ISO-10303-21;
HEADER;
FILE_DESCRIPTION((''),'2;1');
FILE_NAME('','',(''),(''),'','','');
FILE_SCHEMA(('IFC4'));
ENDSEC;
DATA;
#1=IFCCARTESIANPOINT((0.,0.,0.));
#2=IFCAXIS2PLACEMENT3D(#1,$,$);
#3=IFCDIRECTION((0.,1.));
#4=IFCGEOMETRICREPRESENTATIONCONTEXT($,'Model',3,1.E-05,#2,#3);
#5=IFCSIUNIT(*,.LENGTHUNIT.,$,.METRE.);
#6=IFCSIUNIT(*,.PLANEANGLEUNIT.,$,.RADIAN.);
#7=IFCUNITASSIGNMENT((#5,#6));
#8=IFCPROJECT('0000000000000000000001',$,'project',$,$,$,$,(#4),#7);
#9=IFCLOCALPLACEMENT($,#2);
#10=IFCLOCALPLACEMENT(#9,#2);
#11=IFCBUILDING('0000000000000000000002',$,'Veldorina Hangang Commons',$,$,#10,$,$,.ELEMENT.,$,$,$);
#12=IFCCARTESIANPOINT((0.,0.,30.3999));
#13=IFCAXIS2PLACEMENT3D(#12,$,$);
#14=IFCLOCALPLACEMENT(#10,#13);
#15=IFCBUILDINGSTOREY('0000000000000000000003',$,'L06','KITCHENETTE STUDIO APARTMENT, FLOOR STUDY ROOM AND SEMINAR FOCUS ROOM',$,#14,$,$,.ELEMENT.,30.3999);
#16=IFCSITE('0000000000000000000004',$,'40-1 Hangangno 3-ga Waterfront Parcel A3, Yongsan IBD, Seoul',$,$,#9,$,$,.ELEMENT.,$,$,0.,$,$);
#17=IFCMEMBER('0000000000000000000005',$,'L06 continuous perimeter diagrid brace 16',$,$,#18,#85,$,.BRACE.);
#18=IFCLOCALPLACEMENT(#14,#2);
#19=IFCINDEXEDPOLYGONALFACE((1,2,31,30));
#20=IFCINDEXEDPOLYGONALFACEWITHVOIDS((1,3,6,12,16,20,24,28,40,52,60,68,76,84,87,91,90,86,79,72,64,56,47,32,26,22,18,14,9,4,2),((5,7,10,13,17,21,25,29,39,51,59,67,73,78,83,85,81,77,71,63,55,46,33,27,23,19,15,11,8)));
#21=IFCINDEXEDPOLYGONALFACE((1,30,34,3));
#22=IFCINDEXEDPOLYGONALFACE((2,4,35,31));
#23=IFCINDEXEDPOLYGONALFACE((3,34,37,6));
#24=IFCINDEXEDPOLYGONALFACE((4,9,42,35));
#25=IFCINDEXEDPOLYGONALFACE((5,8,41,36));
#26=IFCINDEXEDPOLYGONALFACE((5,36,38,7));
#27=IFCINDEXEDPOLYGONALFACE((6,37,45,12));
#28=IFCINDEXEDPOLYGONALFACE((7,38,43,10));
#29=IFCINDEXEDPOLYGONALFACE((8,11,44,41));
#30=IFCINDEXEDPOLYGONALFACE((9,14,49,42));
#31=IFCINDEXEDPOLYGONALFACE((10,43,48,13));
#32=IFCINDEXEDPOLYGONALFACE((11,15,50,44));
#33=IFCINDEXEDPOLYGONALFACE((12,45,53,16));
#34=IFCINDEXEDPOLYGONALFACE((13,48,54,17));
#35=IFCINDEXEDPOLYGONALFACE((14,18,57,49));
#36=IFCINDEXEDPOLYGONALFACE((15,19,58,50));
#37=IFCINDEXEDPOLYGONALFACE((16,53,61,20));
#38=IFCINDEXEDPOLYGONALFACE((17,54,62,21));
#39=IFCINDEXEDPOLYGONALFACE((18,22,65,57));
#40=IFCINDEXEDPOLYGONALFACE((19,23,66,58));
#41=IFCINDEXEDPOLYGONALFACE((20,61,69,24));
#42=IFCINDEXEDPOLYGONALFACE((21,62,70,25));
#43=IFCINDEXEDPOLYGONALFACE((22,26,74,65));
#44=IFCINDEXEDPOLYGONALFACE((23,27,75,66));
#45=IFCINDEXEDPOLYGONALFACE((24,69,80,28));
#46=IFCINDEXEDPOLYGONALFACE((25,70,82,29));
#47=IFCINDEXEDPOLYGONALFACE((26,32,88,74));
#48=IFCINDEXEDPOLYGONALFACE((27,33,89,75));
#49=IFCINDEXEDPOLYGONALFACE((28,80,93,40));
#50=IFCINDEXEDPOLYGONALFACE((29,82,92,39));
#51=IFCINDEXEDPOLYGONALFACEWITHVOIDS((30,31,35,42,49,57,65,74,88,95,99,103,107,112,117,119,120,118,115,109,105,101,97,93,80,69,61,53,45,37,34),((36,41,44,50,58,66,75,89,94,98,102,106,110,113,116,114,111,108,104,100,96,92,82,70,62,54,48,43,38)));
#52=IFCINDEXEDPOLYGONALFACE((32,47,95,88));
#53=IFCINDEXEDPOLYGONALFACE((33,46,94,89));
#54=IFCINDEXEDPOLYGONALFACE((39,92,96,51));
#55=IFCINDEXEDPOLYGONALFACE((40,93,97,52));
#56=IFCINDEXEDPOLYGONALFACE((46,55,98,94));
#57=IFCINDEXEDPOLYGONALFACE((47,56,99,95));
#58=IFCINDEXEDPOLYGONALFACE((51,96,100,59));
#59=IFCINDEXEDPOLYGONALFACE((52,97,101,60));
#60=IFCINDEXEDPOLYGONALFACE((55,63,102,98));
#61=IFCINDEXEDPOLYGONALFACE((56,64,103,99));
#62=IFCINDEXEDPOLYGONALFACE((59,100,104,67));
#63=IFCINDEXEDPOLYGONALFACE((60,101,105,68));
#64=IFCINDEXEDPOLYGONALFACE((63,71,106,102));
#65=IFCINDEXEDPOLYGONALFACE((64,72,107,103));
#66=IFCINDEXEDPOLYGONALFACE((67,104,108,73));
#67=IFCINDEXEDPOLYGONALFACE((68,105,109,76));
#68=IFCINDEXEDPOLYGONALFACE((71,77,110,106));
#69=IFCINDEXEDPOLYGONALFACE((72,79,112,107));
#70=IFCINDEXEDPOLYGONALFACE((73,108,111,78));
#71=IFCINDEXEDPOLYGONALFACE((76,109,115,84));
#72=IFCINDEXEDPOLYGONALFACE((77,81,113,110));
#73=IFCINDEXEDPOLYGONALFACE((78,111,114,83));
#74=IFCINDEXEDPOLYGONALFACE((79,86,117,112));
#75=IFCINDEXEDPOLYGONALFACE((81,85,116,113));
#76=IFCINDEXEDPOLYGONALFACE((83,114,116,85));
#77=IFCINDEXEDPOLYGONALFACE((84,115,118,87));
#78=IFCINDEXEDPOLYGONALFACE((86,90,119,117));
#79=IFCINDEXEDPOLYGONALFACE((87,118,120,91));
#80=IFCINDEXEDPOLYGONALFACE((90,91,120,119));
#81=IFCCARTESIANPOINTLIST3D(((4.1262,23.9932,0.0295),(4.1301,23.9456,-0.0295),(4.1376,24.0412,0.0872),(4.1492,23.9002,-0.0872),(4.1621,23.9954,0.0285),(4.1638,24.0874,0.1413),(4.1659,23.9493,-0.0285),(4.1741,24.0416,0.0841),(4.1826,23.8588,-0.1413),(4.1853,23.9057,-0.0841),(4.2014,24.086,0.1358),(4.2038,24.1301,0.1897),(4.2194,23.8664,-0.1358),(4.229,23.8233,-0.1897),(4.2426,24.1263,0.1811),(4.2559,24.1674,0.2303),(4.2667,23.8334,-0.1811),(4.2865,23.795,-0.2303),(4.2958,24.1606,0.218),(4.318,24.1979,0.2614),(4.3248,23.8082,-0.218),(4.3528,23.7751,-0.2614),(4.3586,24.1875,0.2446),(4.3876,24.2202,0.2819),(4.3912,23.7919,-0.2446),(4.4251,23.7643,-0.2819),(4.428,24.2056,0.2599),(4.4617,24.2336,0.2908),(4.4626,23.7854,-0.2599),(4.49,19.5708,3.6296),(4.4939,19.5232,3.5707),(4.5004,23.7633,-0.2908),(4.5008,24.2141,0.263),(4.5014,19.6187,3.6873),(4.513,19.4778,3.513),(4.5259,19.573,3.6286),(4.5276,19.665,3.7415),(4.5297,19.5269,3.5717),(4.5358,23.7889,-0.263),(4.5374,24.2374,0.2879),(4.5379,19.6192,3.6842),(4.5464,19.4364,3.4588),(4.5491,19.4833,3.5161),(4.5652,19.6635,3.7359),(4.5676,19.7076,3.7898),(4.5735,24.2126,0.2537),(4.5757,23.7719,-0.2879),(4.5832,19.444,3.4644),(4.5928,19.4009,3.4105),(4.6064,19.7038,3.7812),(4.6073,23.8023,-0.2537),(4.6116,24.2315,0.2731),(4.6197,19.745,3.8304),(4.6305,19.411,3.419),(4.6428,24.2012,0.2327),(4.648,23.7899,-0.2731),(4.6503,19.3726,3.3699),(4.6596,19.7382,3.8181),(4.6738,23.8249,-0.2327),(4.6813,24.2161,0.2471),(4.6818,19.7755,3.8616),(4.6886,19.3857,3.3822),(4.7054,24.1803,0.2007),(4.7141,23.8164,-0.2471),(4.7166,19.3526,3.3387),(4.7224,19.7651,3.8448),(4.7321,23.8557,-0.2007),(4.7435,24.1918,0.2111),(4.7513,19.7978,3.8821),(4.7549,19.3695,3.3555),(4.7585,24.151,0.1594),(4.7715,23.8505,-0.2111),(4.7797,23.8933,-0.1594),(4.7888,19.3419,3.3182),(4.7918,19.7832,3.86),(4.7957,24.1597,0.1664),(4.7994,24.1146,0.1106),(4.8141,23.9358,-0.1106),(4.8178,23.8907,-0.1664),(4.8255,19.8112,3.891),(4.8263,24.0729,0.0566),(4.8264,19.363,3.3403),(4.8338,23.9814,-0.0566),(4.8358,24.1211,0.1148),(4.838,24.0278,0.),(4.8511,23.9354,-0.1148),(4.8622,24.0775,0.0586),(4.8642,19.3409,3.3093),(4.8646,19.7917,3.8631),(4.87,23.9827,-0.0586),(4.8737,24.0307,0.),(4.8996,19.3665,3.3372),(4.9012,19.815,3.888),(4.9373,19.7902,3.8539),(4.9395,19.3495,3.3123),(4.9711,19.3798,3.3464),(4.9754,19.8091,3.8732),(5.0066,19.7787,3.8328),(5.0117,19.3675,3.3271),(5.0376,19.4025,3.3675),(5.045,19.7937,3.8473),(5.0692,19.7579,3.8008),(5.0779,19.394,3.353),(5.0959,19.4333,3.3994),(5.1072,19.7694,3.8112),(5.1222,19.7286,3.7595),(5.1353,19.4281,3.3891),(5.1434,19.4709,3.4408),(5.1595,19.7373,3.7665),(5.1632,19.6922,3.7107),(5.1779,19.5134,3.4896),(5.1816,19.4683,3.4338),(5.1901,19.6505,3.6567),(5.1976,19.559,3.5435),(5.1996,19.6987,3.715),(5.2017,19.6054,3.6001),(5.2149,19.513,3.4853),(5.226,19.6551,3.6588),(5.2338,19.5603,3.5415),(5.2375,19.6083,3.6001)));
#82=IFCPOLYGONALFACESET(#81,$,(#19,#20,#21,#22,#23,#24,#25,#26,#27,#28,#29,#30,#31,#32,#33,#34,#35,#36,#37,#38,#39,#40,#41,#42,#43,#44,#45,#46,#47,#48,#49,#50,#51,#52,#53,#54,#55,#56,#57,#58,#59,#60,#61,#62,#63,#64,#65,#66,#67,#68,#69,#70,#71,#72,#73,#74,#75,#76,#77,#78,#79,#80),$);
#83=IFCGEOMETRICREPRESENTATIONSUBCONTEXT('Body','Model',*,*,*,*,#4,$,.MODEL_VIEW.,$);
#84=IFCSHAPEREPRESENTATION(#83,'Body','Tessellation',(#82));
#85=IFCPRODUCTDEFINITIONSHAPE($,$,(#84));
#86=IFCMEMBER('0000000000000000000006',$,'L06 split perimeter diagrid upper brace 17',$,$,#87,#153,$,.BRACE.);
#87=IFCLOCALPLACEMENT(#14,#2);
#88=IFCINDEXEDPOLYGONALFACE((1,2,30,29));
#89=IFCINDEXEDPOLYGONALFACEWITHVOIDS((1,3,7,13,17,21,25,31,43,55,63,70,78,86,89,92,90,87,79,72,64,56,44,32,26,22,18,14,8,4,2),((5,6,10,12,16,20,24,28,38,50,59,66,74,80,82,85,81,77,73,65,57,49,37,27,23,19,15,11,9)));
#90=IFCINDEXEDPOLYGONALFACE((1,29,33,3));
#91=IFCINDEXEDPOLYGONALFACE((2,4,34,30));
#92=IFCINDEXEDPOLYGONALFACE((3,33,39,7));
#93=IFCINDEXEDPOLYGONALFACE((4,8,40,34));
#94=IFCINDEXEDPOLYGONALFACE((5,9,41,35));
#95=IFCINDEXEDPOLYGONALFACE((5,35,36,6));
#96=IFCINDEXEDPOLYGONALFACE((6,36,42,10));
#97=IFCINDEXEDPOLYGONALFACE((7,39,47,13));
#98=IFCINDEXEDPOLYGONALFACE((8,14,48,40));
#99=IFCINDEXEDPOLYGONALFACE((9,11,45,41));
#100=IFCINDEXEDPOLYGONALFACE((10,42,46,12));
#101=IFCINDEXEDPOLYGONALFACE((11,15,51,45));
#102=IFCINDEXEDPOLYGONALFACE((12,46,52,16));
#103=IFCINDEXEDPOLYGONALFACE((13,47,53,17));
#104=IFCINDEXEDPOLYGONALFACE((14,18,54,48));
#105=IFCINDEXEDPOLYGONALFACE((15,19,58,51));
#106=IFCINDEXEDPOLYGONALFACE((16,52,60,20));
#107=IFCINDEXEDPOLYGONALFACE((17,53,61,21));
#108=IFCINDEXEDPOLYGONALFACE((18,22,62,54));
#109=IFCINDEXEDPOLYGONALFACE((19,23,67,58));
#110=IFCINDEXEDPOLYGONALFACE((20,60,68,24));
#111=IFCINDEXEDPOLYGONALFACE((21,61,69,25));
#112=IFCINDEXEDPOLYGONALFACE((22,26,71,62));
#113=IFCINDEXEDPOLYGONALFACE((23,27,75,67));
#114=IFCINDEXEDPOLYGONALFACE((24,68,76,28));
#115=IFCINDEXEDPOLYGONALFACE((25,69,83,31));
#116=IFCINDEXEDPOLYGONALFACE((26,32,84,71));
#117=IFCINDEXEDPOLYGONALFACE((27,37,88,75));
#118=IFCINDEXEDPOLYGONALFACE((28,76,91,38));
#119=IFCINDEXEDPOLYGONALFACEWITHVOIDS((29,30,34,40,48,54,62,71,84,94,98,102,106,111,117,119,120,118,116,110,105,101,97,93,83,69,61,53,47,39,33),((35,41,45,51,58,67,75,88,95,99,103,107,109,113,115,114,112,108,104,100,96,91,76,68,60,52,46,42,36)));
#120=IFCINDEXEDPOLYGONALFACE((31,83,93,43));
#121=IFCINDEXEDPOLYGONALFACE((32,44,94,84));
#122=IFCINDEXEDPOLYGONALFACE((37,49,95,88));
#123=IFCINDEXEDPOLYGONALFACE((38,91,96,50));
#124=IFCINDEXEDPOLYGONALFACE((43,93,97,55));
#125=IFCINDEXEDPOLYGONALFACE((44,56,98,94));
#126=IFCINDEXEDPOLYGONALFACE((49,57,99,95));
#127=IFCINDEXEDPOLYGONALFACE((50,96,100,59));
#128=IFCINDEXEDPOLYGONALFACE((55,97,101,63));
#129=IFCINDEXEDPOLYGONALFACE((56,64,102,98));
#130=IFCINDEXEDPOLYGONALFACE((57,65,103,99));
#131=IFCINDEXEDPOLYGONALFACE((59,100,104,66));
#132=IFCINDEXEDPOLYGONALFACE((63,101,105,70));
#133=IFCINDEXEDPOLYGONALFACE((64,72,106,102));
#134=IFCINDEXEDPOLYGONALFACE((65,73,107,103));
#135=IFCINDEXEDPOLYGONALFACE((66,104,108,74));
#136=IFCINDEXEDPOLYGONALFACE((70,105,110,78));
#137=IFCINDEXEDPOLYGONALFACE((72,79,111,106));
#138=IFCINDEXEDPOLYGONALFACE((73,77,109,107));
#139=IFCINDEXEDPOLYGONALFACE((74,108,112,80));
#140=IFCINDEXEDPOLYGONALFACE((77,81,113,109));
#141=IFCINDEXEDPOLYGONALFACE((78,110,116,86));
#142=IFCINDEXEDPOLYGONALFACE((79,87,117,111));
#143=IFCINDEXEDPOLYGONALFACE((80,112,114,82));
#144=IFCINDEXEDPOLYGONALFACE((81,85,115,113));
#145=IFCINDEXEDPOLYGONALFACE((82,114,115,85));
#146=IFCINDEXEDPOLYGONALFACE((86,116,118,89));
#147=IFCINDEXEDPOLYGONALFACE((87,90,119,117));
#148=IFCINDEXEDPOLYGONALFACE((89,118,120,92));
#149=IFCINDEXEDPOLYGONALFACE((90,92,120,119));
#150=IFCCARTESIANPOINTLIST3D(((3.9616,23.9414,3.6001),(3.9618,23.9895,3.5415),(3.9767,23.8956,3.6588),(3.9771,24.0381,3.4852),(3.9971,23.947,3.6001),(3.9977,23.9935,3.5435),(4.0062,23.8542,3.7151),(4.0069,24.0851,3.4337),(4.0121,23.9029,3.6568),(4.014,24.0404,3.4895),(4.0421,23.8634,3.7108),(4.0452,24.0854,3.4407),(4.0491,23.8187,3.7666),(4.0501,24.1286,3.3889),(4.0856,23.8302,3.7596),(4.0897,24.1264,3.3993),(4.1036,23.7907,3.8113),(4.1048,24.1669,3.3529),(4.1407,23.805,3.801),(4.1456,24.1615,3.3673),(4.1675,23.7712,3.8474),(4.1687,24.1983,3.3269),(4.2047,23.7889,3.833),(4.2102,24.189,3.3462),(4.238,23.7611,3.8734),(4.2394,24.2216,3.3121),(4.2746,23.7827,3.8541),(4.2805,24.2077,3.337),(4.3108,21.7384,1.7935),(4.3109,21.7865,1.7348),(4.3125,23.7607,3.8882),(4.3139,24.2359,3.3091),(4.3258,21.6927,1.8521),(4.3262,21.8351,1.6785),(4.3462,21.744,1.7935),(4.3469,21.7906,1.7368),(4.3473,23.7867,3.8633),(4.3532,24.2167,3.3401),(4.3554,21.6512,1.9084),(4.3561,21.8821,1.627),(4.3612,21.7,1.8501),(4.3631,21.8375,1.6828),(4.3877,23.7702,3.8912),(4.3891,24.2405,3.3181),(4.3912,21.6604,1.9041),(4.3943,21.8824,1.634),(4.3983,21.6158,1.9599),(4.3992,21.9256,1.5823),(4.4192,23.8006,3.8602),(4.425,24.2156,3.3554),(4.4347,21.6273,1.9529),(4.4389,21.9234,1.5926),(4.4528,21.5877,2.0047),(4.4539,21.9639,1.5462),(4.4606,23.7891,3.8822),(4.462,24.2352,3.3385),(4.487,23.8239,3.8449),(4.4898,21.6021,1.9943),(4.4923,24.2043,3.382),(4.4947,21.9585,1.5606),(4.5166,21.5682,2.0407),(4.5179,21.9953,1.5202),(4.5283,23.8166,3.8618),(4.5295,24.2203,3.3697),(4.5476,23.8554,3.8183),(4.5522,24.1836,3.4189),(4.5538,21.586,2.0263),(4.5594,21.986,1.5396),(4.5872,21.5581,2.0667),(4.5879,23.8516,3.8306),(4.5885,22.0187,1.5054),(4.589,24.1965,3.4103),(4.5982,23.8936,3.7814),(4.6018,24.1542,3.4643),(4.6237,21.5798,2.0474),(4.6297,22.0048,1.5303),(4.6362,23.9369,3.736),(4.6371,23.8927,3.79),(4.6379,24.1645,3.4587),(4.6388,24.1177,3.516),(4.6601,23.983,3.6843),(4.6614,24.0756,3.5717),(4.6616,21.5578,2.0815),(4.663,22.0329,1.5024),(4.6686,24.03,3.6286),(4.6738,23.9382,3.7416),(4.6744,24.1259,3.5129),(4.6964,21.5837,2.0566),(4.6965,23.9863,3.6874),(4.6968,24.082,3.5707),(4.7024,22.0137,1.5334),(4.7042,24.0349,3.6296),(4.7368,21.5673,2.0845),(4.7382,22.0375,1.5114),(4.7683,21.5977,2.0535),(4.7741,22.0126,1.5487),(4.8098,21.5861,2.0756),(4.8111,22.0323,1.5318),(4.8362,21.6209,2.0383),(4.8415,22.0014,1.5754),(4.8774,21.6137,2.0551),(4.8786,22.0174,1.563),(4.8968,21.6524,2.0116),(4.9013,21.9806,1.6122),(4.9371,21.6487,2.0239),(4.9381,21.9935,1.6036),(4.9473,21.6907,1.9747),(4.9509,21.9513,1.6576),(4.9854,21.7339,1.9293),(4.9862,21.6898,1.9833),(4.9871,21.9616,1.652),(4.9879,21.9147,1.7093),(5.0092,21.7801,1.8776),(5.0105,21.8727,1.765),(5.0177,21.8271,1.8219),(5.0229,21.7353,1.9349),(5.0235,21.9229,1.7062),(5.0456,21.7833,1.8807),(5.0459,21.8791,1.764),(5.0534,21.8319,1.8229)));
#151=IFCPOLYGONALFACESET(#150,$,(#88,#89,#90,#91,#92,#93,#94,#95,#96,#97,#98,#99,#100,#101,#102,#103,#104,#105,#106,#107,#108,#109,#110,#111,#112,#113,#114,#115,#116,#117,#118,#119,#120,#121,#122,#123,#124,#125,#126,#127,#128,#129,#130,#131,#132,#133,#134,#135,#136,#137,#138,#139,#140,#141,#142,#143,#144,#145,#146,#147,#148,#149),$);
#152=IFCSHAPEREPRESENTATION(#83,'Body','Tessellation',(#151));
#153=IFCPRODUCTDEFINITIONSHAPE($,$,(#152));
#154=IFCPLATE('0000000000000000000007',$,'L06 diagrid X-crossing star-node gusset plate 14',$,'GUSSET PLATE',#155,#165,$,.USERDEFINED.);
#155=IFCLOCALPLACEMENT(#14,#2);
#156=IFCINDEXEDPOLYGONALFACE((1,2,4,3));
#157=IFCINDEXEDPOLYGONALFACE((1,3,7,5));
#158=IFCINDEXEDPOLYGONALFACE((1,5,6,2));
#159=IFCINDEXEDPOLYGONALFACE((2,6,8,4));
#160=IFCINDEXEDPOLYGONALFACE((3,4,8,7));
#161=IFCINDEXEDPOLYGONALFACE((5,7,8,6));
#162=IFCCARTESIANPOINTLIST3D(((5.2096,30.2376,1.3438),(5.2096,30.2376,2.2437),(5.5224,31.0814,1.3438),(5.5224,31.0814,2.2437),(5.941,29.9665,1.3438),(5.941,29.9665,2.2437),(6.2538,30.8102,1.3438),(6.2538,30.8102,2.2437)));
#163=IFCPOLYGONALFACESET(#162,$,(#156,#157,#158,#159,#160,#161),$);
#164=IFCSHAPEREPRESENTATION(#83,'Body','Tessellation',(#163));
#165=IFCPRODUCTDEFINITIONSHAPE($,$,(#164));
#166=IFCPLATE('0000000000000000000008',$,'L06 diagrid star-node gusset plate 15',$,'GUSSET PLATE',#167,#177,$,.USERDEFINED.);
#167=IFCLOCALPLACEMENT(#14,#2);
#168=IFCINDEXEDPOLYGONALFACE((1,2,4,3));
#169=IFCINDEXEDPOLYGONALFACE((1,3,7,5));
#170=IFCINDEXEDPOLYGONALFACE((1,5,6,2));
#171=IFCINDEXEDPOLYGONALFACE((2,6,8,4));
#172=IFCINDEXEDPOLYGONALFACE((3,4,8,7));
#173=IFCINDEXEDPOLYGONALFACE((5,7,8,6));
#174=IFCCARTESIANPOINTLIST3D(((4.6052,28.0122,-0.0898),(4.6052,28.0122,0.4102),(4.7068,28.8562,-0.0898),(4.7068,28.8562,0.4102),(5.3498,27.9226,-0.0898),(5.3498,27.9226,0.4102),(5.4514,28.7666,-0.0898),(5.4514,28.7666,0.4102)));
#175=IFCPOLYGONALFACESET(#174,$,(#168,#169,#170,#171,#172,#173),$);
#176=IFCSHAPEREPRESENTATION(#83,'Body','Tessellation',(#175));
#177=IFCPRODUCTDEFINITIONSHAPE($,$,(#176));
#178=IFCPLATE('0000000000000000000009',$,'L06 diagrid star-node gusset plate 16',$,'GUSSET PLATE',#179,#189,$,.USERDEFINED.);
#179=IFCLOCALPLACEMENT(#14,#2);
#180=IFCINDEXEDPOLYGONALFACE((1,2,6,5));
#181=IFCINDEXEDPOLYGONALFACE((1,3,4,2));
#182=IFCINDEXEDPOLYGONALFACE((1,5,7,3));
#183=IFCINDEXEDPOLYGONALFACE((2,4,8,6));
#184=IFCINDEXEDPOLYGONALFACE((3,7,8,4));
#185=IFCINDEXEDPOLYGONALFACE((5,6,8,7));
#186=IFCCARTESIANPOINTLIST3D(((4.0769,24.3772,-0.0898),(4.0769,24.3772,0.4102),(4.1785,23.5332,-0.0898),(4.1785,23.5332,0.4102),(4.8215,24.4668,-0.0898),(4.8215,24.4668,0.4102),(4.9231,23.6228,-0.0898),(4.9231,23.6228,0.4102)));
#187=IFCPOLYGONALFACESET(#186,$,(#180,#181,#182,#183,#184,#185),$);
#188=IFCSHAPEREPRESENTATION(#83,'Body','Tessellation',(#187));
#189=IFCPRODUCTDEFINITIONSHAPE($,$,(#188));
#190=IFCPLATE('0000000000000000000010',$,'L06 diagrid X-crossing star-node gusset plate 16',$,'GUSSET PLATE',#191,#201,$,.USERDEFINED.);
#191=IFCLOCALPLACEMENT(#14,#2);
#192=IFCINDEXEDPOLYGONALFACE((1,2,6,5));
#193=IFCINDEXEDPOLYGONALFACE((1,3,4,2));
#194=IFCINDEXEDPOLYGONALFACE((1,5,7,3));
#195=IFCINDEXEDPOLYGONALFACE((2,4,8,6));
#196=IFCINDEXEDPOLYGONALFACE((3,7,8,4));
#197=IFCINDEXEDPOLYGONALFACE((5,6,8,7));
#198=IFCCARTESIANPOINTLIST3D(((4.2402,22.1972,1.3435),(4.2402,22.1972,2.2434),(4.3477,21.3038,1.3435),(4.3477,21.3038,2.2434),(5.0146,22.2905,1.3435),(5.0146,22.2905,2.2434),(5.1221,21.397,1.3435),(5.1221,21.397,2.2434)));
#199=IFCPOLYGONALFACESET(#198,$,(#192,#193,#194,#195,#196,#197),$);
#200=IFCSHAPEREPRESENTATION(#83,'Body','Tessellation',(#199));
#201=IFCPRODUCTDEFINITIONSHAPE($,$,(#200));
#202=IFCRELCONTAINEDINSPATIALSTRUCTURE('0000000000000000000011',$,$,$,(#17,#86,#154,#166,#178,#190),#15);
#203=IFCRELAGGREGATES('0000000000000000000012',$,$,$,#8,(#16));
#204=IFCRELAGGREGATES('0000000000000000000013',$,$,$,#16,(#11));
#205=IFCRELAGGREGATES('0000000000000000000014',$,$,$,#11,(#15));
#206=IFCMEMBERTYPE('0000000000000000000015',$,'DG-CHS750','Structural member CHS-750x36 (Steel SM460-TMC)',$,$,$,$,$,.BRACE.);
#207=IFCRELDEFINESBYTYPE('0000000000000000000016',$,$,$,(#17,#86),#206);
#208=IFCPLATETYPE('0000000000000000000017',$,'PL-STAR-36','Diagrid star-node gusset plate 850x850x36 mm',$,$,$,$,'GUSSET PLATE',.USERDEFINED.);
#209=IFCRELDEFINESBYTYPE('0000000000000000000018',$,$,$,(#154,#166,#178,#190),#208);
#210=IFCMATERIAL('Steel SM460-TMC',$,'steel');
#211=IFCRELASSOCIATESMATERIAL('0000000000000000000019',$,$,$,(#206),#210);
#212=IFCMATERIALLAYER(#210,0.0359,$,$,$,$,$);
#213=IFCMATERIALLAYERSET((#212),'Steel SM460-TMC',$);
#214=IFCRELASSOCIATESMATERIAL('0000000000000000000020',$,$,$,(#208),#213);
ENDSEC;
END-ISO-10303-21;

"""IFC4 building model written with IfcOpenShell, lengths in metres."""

from ifc_helpers import new_model, si_unit, direction, frame, origin, origin_2d, place, context, subcontext, project, spatial, rectangle, hollow_circle, extrude, material, layer, layer_set, material_profile, profile_set, type_object, element, save


model = new_model("IFC4")

# Units and contexts
model_context = context("Model", 3, precision=1e-05, world=origin(), true_north=direction((0.0, 1.0)))
body_context = subcontext(model_context, "Body", "Model", "MODEL_VIEW")
ifc_project = project(units=[si_unit("LENGTHUNIT", "METRE"), si_unit("PLANEANGLEUNIT", "RADIAN")], contexts=[model_context])

# Site, building, storey
site_placement = place(None, origin())
site = spatial("IfcSite", under=ifc_project, at=site_placement, Name="40-1 Hangangno 3-ga Waterfront Parcel A3, Yongsan IBD, Seoul", CompositionType="ELEMENT", RefElevation=0.0)
building_placement = place(site_placement, origin())
building = spatial("IfcBuilding", under=site, at=building_placement, Name="Veldorina Hangang Commons", CompositionType="ELEMENT")
storey_placement = place(building_placement, frame((0.0, 0.0, 30.3999)))
storey = spatial("IfcBuildingStorey", under=building, at=storey_placement, Name="L06", Description="KITCHENETTE STUDIO APARTMENT, FLOOR STUDY ROOM AND SEMINAR FOCUS ROOM", CompositionType="ELEMENT", Elevation=30.3999)

# Shared definitions
ifc_material_1 = material(Name="Steel SM460-TMC", Category="steel")

# Members
ifc_material_profile_1 = material_profile(ifc_material_1, hollow_circle(Radius=0.375, WallThickness=0.0359, at=origin_2d()), Name="CHS-750x36")
ifc_profile_set_1 = profile_set([ifc_material_profile_1], Name="Steel SM460-TMC")
member_type = type_object("IfcMemberType", Name="DG-CHS750", Description="Structural member CHS-750x36 (Steel SM460-TMC)", PredefinedType="BRACE", material=ifc_profile_set_1)
member_1_placement = place(storey_placement, frame((4.5, 24.0, 0.0), z_axis=(0.063662, -0.773946, 0.630043), x_axis=(0.996634, 0.08198, 0.0)))
element("IfcMember", 1, at=member_1_placement, inside=storey, type_object=member_type, Name="L06 continuous perimeter diagrid brace 16", PredefinedType="BRACE", context=body_context, shape_type="SweptSolid", body=[
    extrude(hollow_circle(Radius=0.375, WallThickness=0.0359, at=origin_2d()), origin(), (0.0, 0.0, 1.0), 5.7141),
])
member_2_placement = place(storey_placement, frame((4.6812, 21.7971, 1.7935), z_axis=(-0.121633, 0.767479, 0.62943), x_axis=(-0.987673, -0.15653, 0.0)))
element("IfcMember", 2, at=member_2_placement, inside=storey, type_object=member_type, Name="L06 split perimeter diagrid upper brace 17", PredefinedType="BRACE", context=body_context, shape_type="SweptSolid", body=[
    extrude(hollow_circle(Radius=0.375, WallThickness=0.0359, at=origin_2d()), origin(), (0.0, 0.0, 1.0), 2.8704),
])

# Plates
ifc_layer_1 = layer(ifc_material_1, 0.0359)
ifc_layer_set_1 = layer_set([ifc_layer_1], Name="Steel SM460-TMC")
plate_type = type_object("IfcPlateType", Name="PL-STAR-36", Description="Diagrid star-node gusset plate 850x850x36 mm", ElementType="GUSSET PLATE", PredefinedType="USERDEFINED", material=ifc_layer_set_1)
plate_1_placement = place(storey_placement, frame((5.7317, 30.5239, 1.3438), z_axis=(0.0, 0.0, 1.0), x_axis=(-0.347623, -0.937634, 0.0)))
element("IfcPlate", 3, at=plate_1_placement, inside=storey, type_object=plate_type, Name="L06 diagrid X-crossing star-node gusset plate 14", ObjectType="GUSSET PLATE", PredefinedType="USERDEFINED", context=body_context, shape_type="SweptSolid", body=[
    extrude(rectangle(XDim=0.8999, YDim=0.78, at=origin_2d()), origin(), (0.0, 0.0, 1.0), 0.8999),
])
for number, where, z_axis, x_axis, name in (
    (4, (5.0283, 28.3894, -0.0898), (0.0, 0.0, 1.0), (-0.119513, -0.992833, 0.0), "L06 diagrid star-node gusset plate 15"),
    (5, (4.5, 24.0, -0.0898), (0.0, 0.0, 1.0), (0.119513, -0.992833, 0.0), "L06 diagrid star-node gusset plate 16"),
):
    element("IfcPlate", number, at=place(storey_placement, frame(where, z_axis=z_axis, x_axis=x_axis)), inside=storey, type_object=plate_type, Name=name, ObjectType="GUSSET PLATE", PredefinedType="USERDEFINED", context=body_context, shape_type="SweptSolid", body=[
        extrude(rectangle(XDim=0.8501, YDim=0.75, at=origin_2d()), origin(), (0.0, 0.0, 1.0), 0.5),
    ])
plate_2_placement = place(storey_placement, frame((4.6812, 21.7971, 1.3435), z_axis=(0.0, 0.0, 1.0), x_axis=(0.119513, -0.992833, 0.0)))
element("IfcPlate", 6, at=plate_2_placement, inside=storey, type_object=plate_type, Name="L06 diagrid X-crossing star-node gusset plate 16", ObjectType="GUSSET PLATE", PredefinedType="USERDEFINED", context=body_context, shape_type="SweptSolid", body=[
    extrude(rectangle(XDim=0.8999, YDim=0.78, at=origin_2d()), origin(), (0.0, 0.0, 1.0), 0.8999),
])

save(model, "model.ifc")
